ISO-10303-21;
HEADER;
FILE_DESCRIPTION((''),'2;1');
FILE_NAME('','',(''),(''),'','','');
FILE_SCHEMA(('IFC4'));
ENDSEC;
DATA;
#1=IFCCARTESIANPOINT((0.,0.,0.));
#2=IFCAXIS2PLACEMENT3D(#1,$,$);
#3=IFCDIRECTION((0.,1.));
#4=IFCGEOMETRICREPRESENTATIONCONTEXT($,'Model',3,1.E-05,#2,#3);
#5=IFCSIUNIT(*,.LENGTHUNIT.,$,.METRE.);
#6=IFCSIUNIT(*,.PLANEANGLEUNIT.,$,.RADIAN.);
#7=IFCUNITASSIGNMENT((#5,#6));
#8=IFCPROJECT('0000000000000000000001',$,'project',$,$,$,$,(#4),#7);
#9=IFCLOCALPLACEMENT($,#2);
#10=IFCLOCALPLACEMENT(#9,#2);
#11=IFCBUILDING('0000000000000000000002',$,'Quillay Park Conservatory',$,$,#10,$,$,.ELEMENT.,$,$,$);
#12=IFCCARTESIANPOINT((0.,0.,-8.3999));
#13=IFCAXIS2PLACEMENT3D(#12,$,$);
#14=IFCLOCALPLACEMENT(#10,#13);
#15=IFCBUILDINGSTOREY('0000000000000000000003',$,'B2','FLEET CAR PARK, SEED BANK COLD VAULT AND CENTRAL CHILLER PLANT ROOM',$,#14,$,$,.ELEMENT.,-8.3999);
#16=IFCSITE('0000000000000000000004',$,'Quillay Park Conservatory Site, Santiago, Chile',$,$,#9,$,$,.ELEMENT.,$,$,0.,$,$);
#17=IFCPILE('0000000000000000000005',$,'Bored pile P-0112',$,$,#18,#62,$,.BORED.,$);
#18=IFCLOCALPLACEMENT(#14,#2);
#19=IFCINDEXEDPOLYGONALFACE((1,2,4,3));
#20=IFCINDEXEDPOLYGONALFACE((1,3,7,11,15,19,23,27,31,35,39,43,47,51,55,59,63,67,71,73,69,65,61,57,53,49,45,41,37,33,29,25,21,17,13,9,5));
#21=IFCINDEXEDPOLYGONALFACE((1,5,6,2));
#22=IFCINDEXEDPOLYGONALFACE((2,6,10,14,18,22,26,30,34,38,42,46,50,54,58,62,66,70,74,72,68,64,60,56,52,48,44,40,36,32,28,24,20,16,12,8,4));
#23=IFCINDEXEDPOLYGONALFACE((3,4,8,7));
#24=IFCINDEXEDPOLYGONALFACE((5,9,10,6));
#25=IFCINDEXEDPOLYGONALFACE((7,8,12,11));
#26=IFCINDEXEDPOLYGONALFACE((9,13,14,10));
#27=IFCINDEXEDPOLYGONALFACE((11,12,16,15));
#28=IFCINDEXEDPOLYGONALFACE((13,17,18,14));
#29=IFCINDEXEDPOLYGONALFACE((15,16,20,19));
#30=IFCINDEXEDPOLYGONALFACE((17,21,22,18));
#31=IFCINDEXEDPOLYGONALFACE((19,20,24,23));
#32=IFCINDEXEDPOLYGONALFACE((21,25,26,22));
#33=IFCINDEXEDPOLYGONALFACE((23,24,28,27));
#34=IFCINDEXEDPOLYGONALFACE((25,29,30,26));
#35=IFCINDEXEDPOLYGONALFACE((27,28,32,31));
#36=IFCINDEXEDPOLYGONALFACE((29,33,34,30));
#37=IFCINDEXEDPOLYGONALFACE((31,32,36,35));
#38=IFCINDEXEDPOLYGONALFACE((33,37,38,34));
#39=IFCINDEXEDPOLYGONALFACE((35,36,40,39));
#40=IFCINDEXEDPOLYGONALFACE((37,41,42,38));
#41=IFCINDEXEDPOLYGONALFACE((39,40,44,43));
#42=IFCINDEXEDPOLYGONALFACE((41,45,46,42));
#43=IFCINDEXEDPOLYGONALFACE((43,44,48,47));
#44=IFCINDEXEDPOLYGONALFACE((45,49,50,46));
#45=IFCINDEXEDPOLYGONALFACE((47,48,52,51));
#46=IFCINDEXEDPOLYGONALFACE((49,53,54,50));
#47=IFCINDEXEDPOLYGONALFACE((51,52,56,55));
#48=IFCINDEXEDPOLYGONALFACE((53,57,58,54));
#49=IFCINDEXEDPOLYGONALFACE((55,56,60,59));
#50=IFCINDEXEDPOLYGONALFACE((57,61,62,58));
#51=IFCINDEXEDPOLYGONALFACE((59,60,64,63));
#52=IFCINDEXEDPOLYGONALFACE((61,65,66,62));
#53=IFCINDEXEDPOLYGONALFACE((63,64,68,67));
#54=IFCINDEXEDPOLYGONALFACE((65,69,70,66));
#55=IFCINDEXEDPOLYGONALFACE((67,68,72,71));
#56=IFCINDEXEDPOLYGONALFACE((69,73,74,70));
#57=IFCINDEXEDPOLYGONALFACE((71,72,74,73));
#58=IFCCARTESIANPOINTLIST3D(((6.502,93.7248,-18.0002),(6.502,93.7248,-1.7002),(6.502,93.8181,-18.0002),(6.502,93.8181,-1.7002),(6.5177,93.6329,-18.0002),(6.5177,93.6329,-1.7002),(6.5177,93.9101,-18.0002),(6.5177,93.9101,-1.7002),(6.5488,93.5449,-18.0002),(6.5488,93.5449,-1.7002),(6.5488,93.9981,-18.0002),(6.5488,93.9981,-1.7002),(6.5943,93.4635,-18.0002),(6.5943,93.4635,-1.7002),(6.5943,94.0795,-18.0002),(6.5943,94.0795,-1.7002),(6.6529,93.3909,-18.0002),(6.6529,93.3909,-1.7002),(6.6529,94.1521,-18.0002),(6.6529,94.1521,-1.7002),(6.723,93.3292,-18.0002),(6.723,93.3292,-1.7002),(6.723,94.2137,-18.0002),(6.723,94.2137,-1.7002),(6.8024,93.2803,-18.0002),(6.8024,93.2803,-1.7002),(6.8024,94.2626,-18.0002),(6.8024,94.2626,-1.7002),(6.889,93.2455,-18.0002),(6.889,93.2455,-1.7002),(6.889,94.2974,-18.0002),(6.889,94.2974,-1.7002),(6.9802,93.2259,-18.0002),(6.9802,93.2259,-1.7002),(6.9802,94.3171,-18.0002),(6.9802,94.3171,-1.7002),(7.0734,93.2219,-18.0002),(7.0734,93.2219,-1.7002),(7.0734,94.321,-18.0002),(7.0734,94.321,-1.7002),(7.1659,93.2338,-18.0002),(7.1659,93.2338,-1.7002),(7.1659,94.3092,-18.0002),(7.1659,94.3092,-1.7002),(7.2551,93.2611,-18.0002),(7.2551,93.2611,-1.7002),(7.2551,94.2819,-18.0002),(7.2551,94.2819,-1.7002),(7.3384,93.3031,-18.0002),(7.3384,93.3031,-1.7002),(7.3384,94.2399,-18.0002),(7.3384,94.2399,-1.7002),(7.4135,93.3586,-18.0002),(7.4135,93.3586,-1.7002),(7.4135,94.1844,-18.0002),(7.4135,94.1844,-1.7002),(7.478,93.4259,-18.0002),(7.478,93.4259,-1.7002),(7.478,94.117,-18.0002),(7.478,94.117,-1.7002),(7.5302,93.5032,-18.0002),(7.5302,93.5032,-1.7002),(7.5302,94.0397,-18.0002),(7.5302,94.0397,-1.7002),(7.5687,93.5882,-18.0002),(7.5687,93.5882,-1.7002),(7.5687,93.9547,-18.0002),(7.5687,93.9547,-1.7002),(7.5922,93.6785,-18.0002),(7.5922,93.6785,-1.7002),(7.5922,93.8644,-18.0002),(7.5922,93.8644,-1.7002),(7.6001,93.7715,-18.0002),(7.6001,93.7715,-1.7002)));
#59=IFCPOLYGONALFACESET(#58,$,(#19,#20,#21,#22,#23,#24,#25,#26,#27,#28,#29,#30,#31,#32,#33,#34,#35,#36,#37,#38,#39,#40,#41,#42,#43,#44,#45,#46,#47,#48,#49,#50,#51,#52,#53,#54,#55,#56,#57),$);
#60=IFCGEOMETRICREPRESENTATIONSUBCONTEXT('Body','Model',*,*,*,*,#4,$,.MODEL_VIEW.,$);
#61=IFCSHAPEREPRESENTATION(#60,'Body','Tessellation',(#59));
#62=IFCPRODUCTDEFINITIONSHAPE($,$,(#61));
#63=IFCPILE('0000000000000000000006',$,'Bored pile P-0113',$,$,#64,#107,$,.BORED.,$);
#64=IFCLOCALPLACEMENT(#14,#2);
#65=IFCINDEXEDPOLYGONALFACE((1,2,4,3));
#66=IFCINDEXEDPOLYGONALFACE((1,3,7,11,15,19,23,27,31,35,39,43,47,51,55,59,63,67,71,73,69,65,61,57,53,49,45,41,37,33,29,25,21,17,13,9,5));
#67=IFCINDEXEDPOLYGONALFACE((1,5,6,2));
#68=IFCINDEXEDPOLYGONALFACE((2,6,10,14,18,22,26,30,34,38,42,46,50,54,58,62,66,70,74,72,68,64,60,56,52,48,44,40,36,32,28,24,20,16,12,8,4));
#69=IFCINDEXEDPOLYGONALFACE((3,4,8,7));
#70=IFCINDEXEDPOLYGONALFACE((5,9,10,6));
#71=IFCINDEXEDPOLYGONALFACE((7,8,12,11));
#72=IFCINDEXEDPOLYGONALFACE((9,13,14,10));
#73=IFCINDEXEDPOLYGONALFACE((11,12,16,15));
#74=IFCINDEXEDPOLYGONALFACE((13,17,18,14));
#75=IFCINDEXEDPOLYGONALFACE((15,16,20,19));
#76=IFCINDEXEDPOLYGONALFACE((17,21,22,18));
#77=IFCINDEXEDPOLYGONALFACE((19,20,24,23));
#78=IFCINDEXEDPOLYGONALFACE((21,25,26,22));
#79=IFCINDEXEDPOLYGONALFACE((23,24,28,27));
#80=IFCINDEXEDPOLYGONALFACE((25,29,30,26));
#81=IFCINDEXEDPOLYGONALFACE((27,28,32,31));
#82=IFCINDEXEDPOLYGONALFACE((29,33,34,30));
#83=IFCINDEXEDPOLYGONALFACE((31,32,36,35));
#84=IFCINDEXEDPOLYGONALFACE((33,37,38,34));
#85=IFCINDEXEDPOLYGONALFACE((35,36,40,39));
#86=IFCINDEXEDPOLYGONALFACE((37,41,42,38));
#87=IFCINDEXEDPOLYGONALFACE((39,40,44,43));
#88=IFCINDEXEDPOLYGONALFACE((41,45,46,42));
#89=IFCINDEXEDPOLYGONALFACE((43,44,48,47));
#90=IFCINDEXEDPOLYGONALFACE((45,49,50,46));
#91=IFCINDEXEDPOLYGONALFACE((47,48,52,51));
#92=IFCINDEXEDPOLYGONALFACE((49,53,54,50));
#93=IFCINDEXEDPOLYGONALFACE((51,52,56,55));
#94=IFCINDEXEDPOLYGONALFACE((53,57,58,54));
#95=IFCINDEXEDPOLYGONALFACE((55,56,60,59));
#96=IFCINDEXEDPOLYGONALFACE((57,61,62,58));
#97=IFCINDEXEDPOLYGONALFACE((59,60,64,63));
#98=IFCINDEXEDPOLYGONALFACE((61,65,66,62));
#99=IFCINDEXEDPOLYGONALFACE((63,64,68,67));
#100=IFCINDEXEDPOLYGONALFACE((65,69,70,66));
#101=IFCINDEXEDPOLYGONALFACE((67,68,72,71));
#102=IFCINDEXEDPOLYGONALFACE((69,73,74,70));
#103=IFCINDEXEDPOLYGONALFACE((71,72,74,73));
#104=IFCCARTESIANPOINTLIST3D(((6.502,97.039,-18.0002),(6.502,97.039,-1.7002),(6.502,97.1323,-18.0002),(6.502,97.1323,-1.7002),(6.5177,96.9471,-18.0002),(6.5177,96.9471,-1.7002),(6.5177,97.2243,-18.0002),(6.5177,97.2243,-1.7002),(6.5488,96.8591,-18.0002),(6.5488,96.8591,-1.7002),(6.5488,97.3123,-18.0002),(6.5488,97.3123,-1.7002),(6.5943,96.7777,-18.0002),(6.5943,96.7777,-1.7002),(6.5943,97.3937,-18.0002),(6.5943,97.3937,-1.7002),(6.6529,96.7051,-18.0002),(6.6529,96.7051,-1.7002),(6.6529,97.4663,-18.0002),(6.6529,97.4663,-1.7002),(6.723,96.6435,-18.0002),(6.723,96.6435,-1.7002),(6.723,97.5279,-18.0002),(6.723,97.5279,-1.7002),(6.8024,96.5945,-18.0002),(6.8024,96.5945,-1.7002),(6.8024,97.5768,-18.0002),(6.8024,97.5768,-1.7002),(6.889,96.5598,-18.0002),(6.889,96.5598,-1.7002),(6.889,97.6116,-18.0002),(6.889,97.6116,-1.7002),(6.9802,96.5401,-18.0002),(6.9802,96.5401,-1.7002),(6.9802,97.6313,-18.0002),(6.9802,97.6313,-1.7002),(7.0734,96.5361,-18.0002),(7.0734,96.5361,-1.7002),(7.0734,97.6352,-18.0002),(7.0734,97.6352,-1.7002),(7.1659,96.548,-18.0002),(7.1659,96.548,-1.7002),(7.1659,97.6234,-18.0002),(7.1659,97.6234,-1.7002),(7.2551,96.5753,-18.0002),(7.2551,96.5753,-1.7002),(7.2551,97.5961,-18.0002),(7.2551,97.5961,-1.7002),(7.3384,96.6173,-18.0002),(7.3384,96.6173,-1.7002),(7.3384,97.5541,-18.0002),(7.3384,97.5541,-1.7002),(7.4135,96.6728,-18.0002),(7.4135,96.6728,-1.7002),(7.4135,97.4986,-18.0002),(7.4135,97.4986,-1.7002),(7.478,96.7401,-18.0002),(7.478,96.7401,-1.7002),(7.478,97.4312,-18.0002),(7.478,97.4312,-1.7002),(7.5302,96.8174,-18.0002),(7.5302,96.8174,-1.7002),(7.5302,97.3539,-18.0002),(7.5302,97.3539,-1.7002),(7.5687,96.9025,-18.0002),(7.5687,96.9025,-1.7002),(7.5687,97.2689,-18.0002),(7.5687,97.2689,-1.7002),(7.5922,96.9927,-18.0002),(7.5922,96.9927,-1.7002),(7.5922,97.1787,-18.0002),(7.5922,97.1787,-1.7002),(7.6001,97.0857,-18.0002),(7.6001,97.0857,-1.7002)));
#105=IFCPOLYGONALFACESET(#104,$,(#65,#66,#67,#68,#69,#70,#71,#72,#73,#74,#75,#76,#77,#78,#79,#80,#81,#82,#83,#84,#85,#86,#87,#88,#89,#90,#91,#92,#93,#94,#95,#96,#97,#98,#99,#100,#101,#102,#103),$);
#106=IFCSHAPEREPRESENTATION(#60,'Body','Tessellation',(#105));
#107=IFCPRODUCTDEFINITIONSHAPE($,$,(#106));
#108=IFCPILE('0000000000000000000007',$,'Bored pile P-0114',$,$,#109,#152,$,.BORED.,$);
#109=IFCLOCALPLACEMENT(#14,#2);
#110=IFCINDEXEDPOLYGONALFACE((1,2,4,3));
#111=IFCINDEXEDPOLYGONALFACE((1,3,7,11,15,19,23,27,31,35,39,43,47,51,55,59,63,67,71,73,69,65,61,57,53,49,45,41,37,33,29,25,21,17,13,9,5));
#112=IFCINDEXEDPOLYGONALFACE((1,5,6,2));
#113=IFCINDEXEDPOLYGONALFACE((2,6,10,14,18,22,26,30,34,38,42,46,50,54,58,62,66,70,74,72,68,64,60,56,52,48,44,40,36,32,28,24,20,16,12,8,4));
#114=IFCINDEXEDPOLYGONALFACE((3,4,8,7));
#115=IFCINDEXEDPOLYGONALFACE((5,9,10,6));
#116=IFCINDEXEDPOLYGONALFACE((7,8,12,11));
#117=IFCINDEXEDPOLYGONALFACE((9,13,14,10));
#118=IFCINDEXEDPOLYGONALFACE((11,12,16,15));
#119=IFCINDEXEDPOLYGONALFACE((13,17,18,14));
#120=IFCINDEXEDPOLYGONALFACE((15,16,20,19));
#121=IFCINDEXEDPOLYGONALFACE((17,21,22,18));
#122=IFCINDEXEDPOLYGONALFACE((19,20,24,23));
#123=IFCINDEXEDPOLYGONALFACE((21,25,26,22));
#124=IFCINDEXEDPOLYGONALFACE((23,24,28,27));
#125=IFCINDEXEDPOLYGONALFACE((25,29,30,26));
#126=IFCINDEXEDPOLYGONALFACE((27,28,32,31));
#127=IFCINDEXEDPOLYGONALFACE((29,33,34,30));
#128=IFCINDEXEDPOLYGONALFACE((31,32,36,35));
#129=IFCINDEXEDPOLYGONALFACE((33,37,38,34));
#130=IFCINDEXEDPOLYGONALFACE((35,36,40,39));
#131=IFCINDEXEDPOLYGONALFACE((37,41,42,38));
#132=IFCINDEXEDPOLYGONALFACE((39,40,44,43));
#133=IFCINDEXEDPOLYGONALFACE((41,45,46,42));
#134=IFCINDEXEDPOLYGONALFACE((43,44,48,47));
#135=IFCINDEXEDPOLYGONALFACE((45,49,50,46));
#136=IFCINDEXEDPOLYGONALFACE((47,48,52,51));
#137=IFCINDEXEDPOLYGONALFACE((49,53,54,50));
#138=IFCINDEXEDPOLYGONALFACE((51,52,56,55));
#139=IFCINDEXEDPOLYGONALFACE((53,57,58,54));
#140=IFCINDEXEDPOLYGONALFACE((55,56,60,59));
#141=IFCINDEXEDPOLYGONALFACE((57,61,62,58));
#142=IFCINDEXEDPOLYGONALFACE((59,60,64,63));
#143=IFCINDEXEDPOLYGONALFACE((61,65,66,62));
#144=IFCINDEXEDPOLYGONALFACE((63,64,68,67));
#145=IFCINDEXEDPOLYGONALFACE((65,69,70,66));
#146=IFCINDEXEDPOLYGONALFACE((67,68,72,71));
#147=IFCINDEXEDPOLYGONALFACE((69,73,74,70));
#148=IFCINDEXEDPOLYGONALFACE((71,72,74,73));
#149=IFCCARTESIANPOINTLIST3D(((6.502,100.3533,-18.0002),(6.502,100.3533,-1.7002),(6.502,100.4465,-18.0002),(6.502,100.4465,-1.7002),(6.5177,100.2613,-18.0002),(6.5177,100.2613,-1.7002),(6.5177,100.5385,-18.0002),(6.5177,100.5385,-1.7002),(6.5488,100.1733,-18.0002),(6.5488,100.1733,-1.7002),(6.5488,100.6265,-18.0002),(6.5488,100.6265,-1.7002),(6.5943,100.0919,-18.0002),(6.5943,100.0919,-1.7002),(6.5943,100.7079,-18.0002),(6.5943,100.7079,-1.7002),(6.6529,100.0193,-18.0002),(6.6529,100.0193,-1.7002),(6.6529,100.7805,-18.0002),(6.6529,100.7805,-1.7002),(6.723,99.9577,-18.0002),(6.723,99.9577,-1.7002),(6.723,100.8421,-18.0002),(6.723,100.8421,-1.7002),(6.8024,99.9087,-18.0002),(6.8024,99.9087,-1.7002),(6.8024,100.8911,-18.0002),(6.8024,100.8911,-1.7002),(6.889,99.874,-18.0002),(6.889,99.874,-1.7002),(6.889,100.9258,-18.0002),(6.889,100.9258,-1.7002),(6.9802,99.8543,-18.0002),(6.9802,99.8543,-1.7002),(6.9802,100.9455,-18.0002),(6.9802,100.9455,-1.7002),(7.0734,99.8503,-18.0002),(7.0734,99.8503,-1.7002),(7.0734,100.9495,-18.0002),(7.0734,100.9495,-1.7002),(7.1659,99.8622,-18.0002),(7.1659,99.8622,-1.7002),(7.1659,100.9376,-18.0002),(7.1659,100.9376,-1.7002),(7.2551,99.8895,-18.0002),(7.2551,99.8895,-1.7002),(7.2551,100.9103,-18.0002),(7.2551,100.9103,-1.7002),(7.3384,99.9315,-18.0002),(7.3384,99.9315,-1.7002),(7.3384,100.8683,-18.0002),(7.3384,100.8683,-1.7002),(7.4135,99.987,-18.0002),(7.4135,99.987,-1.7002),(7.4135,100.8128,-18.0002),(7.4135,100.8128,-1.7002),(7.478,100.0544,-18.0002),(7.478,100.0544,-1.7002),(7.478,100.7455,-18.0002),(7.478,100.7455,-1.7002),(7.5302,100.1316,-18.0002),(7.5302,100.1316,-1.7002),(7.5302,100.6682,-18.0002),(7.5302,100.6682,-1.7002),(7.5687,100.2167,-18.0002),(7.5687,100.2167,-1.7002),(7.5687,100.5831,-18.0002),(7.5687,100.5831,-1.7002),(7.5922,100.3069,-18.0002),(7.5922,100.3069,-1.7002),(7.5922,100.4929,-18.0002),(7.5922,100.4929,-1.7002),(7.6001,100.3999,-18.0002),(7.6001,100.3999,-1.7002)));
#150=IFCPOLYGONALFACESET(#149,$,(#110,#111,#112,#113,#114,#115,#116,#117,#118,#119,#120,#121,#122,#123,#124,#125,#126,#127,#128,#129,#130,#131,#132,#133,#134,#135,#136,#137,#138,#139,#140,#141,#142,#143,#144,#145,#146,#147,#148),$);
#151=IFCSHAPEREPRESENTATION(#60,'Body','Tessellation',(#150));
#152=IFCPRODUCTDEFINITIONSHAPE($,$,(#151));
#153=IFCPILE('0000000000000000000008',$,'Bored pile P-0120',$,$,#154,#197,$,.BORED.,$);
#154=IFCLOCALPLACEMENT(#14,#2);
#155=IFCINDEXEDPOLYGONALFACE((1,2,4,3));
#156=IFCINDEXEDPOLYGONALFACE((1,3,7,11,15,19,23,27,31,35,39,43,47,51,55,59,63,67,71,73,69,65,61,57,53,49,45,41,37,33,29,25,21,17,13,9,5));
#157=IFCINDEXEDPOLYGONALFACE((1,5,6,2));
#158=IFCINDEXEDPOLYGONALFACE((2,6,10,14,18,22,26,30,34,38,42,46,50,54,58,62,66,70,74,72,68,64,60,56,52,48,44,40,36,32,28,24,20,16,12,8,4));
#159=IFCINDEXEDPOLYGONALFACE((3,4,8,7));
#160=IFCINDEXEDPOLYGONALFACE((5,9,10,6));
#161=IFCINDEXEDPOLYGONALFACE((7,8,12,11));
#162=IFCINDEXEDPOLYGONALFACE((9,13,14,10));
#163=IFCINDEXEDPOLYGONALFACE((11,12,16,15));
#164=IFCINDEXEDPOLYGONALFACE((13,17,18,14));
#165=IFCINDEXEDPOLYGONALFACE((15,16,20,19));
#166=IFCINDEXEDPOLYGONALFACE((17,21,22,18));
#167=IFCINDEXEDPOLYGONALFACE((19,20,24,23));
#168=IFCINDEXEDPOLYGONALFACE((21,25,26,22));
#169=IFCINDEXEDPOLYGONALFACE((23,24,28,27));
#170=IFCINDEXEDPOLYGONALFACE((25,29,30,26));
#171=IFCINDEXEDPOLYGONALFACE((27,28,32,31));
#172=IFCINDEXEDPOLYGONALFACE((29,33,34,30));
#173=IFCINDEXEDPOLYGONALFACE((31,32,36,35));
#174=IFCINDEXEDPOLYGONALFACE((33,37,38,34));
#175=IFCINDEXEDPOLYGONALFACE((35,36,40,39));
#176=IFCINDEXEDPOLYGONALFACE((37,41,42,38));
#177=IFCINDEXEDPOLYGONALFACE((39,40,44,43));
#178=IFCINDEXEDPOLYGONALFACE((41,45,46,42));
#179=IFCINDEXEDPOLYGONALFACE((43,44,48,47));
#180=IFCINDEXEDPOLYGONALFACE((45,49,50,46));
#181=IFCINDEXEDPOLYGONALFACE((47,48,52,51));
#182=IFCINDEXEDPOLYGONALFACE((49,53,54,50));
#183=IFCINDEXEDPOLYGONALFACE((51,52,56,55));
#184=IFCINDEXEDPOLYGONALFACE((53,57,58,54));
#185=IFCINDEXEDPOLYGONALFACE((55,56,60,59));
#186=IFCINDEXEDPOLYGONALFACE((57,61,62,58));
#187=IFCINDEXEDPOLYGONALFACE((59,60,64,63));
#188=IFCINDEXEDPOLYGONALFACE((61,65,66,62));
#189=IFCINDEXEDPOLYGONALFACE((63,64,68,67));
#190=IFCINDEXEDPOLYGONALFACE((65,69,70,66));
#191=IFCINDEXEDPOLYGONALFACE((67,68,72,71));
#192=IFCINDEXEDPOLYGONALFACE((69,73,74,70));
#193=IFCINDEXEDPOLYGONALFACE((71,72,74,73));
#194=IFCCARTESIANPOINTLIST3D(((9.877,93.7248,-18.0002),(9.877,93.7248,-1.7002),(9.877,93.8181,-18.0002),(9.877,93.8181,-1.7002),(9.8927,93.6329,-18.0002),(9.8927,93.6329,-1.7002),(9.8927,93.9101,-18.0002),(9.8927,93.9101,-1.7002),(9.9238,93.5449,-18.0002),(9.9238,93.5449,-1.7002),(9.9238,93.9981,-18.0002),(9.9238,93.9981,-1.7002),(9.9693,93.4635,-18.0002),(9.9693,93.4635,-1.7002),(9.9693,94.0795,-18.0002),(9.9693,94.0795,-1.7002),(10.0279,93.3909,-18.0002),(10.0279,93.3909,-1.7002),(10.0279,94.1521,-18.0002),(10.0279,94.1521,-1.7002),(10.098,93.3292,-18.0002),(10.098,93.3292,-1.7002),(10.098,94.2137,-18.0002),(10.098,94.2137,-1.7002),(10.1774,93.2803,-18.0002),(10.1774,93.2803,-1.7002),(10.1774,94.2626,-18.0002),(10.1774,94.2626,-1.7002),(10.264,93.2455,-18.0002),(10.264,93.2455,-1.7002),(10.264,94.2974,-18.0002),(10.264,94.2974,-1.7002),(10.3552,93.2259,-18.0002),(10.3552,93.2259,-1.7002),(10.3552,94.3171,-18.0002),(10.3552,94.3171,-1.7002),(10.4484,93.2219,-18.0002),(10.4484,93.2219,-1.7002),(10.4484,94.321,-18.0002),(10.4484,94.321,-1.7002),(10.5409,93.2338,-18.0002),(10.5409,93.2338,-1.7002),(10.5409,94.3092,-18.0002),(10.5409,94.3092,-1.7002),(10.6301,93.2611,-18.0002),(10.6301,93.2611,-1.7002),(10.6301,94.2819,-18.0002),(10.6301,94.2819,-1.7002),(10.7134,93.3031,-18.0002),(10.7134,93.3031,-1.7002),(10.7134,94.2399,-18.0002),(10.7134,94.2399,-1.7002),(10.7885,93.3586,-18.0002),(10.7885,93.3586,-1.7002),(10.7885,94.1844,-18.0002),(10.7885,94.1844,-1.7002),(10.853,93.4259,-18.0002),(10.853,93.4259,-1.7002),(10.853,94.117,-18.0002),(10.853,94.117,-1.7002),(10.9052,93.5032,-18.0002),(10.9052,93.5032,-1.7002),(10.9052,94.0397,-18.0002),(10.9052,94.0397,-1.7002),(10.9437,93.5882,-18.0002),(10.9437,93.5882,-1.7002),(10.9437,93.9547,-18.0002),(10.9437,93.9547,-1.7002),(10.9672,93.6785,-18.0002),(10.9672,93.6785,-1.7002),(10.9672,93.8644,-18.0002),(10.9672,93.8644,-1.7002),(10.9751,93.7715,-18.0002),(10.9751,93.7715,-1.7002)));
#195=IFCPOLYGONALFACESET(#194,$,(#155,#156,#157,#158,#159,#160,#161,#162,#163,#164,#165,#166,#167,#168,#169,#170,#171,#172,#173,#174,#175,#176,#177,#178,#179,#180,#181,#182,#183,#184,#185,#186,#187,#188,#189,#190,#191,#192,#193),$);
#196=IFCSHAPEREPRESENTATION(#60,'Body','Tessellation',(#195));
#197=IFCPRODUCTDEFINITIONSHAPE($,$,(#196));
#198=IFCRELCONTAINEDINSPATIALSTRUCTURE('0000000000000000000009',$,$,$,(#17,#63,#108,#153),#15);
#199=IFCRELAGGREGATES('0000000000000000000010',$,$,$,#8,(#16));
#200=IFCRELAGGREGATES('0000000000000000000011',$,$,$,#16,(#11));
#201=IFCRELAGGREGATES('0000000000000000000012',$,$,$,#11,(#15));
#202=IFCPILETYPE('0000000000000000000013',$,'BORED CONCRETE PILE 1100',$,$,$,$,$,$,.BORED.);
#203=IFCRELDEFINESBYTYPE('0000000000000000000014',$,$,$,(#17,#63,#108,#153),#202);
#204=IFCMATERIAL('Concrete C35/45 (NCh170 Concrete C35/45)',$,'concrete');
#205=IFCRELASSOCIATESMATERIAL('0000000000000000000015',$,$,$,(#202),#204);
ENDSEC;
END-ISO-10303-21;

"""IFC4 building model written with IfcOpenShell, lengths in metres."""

from ifc_helpers import new_model, si_unit, direction, frame, origin, origin_2d, place, context, subcontext, project, spatial, circle, extrude, material, material_profile, profile_set, type_object, element, save


model = new_model("IFC4")

# Units and contexts
model_context = context("Model", 3, precision=1e-05, world=origin(), true_north=direction((0.0, 1.0)))
body_context = subcontext(model_context, "Body", "Model", "MODEL_VIEW")
ifc_project = project(units=[si_unit("LENGTHUNIT", "METRE"), si_unit("PLANEANGLEUNIT", "RADIAN")], contexts=[model_context])

# Site, building, storey
site_placement = place(None, origin())
site = spatial("IfcSite", under=ifc_project, at=site_placement, Name="Quillay Park Conservatory Site, Santiago, Chile", CompositionType="ELEMENT", RefElevation=0.0)
building_placement = place(site_placement, origin())
building = spatial("IfcBuilding", under=site, at=building_placement, Name="Quillay Park Conservatory", CompositionType="ELEMENT")
storey_placement = place(building_placement, frame((0.0, 0.0, -8.3999)))
storey = spatial("IfcBuildingStorey", under=building, at=storey_placement, Name="B2", Description="FLEET CAR PARK, SEED BANK COLD VAULT AND CENTRAL CHILLER PLANT ROOM", CompositionType="ELEMENT", Elevation=-8.3999)

# Piles
ifc_material_1 = material(Name="Concrete C35/45 (NCh170 Concrete C35/45)", Category="concrete")
ifc_material_profile_1 = material_profile(ifc_material_1, circle(Radius=0.55, at=origin_2d()), Name="PILE1100")
ifc_profile_set_1 = profile_set([ifc_material_profile_1], Name="Concrete C35/45 (NCh170 Concrete C35/45)")
pile_type = type_object("IfcPileType", Name="BORED CONCRETE PILE 1100", PredefinedType="BORED", material=ifc_profile_set_1)
for number, where, z_axis, x_axis, name in (
    (1, (7.05, 93.7715, -1.7002), (0.0, 0.0, -1.0), (1.0, 0.0, 0.0), "Bored pile P-0112"),
    (2, (7.05, 97.0857, -1.7002), (0.0, 0.0, -1.0), (1.0, 0.0, 0.0), "Bored pile P-0113"),
    (3, (7.05, 100.3999, -1.7002), (0.0, 0.0, -1.0), (1.0, 0.0, 0.0), "Bored pile P-0114"),
    (4, (10.425, 93.7715, -1.7002), (0.0, 0.0, -1.0), (1.0, 0.0, 0.0), "Bored pile P-0120"),
):
    element("IfcPile", number, at=place(storey_placement, frame(where, z_axis=z_axis, x_axis=x_axis)), inside=storey, type_object=pile_type, Name=name, PredefinedType="BORED", context=body_context, shape_type="SweptSolid", body=[
        extrude(circle(Radius=0.55, at=origin_2d()), origin(), (0.0, 0.0, 1.0), 16.3),
    ])

save(model, "model.ifc")
